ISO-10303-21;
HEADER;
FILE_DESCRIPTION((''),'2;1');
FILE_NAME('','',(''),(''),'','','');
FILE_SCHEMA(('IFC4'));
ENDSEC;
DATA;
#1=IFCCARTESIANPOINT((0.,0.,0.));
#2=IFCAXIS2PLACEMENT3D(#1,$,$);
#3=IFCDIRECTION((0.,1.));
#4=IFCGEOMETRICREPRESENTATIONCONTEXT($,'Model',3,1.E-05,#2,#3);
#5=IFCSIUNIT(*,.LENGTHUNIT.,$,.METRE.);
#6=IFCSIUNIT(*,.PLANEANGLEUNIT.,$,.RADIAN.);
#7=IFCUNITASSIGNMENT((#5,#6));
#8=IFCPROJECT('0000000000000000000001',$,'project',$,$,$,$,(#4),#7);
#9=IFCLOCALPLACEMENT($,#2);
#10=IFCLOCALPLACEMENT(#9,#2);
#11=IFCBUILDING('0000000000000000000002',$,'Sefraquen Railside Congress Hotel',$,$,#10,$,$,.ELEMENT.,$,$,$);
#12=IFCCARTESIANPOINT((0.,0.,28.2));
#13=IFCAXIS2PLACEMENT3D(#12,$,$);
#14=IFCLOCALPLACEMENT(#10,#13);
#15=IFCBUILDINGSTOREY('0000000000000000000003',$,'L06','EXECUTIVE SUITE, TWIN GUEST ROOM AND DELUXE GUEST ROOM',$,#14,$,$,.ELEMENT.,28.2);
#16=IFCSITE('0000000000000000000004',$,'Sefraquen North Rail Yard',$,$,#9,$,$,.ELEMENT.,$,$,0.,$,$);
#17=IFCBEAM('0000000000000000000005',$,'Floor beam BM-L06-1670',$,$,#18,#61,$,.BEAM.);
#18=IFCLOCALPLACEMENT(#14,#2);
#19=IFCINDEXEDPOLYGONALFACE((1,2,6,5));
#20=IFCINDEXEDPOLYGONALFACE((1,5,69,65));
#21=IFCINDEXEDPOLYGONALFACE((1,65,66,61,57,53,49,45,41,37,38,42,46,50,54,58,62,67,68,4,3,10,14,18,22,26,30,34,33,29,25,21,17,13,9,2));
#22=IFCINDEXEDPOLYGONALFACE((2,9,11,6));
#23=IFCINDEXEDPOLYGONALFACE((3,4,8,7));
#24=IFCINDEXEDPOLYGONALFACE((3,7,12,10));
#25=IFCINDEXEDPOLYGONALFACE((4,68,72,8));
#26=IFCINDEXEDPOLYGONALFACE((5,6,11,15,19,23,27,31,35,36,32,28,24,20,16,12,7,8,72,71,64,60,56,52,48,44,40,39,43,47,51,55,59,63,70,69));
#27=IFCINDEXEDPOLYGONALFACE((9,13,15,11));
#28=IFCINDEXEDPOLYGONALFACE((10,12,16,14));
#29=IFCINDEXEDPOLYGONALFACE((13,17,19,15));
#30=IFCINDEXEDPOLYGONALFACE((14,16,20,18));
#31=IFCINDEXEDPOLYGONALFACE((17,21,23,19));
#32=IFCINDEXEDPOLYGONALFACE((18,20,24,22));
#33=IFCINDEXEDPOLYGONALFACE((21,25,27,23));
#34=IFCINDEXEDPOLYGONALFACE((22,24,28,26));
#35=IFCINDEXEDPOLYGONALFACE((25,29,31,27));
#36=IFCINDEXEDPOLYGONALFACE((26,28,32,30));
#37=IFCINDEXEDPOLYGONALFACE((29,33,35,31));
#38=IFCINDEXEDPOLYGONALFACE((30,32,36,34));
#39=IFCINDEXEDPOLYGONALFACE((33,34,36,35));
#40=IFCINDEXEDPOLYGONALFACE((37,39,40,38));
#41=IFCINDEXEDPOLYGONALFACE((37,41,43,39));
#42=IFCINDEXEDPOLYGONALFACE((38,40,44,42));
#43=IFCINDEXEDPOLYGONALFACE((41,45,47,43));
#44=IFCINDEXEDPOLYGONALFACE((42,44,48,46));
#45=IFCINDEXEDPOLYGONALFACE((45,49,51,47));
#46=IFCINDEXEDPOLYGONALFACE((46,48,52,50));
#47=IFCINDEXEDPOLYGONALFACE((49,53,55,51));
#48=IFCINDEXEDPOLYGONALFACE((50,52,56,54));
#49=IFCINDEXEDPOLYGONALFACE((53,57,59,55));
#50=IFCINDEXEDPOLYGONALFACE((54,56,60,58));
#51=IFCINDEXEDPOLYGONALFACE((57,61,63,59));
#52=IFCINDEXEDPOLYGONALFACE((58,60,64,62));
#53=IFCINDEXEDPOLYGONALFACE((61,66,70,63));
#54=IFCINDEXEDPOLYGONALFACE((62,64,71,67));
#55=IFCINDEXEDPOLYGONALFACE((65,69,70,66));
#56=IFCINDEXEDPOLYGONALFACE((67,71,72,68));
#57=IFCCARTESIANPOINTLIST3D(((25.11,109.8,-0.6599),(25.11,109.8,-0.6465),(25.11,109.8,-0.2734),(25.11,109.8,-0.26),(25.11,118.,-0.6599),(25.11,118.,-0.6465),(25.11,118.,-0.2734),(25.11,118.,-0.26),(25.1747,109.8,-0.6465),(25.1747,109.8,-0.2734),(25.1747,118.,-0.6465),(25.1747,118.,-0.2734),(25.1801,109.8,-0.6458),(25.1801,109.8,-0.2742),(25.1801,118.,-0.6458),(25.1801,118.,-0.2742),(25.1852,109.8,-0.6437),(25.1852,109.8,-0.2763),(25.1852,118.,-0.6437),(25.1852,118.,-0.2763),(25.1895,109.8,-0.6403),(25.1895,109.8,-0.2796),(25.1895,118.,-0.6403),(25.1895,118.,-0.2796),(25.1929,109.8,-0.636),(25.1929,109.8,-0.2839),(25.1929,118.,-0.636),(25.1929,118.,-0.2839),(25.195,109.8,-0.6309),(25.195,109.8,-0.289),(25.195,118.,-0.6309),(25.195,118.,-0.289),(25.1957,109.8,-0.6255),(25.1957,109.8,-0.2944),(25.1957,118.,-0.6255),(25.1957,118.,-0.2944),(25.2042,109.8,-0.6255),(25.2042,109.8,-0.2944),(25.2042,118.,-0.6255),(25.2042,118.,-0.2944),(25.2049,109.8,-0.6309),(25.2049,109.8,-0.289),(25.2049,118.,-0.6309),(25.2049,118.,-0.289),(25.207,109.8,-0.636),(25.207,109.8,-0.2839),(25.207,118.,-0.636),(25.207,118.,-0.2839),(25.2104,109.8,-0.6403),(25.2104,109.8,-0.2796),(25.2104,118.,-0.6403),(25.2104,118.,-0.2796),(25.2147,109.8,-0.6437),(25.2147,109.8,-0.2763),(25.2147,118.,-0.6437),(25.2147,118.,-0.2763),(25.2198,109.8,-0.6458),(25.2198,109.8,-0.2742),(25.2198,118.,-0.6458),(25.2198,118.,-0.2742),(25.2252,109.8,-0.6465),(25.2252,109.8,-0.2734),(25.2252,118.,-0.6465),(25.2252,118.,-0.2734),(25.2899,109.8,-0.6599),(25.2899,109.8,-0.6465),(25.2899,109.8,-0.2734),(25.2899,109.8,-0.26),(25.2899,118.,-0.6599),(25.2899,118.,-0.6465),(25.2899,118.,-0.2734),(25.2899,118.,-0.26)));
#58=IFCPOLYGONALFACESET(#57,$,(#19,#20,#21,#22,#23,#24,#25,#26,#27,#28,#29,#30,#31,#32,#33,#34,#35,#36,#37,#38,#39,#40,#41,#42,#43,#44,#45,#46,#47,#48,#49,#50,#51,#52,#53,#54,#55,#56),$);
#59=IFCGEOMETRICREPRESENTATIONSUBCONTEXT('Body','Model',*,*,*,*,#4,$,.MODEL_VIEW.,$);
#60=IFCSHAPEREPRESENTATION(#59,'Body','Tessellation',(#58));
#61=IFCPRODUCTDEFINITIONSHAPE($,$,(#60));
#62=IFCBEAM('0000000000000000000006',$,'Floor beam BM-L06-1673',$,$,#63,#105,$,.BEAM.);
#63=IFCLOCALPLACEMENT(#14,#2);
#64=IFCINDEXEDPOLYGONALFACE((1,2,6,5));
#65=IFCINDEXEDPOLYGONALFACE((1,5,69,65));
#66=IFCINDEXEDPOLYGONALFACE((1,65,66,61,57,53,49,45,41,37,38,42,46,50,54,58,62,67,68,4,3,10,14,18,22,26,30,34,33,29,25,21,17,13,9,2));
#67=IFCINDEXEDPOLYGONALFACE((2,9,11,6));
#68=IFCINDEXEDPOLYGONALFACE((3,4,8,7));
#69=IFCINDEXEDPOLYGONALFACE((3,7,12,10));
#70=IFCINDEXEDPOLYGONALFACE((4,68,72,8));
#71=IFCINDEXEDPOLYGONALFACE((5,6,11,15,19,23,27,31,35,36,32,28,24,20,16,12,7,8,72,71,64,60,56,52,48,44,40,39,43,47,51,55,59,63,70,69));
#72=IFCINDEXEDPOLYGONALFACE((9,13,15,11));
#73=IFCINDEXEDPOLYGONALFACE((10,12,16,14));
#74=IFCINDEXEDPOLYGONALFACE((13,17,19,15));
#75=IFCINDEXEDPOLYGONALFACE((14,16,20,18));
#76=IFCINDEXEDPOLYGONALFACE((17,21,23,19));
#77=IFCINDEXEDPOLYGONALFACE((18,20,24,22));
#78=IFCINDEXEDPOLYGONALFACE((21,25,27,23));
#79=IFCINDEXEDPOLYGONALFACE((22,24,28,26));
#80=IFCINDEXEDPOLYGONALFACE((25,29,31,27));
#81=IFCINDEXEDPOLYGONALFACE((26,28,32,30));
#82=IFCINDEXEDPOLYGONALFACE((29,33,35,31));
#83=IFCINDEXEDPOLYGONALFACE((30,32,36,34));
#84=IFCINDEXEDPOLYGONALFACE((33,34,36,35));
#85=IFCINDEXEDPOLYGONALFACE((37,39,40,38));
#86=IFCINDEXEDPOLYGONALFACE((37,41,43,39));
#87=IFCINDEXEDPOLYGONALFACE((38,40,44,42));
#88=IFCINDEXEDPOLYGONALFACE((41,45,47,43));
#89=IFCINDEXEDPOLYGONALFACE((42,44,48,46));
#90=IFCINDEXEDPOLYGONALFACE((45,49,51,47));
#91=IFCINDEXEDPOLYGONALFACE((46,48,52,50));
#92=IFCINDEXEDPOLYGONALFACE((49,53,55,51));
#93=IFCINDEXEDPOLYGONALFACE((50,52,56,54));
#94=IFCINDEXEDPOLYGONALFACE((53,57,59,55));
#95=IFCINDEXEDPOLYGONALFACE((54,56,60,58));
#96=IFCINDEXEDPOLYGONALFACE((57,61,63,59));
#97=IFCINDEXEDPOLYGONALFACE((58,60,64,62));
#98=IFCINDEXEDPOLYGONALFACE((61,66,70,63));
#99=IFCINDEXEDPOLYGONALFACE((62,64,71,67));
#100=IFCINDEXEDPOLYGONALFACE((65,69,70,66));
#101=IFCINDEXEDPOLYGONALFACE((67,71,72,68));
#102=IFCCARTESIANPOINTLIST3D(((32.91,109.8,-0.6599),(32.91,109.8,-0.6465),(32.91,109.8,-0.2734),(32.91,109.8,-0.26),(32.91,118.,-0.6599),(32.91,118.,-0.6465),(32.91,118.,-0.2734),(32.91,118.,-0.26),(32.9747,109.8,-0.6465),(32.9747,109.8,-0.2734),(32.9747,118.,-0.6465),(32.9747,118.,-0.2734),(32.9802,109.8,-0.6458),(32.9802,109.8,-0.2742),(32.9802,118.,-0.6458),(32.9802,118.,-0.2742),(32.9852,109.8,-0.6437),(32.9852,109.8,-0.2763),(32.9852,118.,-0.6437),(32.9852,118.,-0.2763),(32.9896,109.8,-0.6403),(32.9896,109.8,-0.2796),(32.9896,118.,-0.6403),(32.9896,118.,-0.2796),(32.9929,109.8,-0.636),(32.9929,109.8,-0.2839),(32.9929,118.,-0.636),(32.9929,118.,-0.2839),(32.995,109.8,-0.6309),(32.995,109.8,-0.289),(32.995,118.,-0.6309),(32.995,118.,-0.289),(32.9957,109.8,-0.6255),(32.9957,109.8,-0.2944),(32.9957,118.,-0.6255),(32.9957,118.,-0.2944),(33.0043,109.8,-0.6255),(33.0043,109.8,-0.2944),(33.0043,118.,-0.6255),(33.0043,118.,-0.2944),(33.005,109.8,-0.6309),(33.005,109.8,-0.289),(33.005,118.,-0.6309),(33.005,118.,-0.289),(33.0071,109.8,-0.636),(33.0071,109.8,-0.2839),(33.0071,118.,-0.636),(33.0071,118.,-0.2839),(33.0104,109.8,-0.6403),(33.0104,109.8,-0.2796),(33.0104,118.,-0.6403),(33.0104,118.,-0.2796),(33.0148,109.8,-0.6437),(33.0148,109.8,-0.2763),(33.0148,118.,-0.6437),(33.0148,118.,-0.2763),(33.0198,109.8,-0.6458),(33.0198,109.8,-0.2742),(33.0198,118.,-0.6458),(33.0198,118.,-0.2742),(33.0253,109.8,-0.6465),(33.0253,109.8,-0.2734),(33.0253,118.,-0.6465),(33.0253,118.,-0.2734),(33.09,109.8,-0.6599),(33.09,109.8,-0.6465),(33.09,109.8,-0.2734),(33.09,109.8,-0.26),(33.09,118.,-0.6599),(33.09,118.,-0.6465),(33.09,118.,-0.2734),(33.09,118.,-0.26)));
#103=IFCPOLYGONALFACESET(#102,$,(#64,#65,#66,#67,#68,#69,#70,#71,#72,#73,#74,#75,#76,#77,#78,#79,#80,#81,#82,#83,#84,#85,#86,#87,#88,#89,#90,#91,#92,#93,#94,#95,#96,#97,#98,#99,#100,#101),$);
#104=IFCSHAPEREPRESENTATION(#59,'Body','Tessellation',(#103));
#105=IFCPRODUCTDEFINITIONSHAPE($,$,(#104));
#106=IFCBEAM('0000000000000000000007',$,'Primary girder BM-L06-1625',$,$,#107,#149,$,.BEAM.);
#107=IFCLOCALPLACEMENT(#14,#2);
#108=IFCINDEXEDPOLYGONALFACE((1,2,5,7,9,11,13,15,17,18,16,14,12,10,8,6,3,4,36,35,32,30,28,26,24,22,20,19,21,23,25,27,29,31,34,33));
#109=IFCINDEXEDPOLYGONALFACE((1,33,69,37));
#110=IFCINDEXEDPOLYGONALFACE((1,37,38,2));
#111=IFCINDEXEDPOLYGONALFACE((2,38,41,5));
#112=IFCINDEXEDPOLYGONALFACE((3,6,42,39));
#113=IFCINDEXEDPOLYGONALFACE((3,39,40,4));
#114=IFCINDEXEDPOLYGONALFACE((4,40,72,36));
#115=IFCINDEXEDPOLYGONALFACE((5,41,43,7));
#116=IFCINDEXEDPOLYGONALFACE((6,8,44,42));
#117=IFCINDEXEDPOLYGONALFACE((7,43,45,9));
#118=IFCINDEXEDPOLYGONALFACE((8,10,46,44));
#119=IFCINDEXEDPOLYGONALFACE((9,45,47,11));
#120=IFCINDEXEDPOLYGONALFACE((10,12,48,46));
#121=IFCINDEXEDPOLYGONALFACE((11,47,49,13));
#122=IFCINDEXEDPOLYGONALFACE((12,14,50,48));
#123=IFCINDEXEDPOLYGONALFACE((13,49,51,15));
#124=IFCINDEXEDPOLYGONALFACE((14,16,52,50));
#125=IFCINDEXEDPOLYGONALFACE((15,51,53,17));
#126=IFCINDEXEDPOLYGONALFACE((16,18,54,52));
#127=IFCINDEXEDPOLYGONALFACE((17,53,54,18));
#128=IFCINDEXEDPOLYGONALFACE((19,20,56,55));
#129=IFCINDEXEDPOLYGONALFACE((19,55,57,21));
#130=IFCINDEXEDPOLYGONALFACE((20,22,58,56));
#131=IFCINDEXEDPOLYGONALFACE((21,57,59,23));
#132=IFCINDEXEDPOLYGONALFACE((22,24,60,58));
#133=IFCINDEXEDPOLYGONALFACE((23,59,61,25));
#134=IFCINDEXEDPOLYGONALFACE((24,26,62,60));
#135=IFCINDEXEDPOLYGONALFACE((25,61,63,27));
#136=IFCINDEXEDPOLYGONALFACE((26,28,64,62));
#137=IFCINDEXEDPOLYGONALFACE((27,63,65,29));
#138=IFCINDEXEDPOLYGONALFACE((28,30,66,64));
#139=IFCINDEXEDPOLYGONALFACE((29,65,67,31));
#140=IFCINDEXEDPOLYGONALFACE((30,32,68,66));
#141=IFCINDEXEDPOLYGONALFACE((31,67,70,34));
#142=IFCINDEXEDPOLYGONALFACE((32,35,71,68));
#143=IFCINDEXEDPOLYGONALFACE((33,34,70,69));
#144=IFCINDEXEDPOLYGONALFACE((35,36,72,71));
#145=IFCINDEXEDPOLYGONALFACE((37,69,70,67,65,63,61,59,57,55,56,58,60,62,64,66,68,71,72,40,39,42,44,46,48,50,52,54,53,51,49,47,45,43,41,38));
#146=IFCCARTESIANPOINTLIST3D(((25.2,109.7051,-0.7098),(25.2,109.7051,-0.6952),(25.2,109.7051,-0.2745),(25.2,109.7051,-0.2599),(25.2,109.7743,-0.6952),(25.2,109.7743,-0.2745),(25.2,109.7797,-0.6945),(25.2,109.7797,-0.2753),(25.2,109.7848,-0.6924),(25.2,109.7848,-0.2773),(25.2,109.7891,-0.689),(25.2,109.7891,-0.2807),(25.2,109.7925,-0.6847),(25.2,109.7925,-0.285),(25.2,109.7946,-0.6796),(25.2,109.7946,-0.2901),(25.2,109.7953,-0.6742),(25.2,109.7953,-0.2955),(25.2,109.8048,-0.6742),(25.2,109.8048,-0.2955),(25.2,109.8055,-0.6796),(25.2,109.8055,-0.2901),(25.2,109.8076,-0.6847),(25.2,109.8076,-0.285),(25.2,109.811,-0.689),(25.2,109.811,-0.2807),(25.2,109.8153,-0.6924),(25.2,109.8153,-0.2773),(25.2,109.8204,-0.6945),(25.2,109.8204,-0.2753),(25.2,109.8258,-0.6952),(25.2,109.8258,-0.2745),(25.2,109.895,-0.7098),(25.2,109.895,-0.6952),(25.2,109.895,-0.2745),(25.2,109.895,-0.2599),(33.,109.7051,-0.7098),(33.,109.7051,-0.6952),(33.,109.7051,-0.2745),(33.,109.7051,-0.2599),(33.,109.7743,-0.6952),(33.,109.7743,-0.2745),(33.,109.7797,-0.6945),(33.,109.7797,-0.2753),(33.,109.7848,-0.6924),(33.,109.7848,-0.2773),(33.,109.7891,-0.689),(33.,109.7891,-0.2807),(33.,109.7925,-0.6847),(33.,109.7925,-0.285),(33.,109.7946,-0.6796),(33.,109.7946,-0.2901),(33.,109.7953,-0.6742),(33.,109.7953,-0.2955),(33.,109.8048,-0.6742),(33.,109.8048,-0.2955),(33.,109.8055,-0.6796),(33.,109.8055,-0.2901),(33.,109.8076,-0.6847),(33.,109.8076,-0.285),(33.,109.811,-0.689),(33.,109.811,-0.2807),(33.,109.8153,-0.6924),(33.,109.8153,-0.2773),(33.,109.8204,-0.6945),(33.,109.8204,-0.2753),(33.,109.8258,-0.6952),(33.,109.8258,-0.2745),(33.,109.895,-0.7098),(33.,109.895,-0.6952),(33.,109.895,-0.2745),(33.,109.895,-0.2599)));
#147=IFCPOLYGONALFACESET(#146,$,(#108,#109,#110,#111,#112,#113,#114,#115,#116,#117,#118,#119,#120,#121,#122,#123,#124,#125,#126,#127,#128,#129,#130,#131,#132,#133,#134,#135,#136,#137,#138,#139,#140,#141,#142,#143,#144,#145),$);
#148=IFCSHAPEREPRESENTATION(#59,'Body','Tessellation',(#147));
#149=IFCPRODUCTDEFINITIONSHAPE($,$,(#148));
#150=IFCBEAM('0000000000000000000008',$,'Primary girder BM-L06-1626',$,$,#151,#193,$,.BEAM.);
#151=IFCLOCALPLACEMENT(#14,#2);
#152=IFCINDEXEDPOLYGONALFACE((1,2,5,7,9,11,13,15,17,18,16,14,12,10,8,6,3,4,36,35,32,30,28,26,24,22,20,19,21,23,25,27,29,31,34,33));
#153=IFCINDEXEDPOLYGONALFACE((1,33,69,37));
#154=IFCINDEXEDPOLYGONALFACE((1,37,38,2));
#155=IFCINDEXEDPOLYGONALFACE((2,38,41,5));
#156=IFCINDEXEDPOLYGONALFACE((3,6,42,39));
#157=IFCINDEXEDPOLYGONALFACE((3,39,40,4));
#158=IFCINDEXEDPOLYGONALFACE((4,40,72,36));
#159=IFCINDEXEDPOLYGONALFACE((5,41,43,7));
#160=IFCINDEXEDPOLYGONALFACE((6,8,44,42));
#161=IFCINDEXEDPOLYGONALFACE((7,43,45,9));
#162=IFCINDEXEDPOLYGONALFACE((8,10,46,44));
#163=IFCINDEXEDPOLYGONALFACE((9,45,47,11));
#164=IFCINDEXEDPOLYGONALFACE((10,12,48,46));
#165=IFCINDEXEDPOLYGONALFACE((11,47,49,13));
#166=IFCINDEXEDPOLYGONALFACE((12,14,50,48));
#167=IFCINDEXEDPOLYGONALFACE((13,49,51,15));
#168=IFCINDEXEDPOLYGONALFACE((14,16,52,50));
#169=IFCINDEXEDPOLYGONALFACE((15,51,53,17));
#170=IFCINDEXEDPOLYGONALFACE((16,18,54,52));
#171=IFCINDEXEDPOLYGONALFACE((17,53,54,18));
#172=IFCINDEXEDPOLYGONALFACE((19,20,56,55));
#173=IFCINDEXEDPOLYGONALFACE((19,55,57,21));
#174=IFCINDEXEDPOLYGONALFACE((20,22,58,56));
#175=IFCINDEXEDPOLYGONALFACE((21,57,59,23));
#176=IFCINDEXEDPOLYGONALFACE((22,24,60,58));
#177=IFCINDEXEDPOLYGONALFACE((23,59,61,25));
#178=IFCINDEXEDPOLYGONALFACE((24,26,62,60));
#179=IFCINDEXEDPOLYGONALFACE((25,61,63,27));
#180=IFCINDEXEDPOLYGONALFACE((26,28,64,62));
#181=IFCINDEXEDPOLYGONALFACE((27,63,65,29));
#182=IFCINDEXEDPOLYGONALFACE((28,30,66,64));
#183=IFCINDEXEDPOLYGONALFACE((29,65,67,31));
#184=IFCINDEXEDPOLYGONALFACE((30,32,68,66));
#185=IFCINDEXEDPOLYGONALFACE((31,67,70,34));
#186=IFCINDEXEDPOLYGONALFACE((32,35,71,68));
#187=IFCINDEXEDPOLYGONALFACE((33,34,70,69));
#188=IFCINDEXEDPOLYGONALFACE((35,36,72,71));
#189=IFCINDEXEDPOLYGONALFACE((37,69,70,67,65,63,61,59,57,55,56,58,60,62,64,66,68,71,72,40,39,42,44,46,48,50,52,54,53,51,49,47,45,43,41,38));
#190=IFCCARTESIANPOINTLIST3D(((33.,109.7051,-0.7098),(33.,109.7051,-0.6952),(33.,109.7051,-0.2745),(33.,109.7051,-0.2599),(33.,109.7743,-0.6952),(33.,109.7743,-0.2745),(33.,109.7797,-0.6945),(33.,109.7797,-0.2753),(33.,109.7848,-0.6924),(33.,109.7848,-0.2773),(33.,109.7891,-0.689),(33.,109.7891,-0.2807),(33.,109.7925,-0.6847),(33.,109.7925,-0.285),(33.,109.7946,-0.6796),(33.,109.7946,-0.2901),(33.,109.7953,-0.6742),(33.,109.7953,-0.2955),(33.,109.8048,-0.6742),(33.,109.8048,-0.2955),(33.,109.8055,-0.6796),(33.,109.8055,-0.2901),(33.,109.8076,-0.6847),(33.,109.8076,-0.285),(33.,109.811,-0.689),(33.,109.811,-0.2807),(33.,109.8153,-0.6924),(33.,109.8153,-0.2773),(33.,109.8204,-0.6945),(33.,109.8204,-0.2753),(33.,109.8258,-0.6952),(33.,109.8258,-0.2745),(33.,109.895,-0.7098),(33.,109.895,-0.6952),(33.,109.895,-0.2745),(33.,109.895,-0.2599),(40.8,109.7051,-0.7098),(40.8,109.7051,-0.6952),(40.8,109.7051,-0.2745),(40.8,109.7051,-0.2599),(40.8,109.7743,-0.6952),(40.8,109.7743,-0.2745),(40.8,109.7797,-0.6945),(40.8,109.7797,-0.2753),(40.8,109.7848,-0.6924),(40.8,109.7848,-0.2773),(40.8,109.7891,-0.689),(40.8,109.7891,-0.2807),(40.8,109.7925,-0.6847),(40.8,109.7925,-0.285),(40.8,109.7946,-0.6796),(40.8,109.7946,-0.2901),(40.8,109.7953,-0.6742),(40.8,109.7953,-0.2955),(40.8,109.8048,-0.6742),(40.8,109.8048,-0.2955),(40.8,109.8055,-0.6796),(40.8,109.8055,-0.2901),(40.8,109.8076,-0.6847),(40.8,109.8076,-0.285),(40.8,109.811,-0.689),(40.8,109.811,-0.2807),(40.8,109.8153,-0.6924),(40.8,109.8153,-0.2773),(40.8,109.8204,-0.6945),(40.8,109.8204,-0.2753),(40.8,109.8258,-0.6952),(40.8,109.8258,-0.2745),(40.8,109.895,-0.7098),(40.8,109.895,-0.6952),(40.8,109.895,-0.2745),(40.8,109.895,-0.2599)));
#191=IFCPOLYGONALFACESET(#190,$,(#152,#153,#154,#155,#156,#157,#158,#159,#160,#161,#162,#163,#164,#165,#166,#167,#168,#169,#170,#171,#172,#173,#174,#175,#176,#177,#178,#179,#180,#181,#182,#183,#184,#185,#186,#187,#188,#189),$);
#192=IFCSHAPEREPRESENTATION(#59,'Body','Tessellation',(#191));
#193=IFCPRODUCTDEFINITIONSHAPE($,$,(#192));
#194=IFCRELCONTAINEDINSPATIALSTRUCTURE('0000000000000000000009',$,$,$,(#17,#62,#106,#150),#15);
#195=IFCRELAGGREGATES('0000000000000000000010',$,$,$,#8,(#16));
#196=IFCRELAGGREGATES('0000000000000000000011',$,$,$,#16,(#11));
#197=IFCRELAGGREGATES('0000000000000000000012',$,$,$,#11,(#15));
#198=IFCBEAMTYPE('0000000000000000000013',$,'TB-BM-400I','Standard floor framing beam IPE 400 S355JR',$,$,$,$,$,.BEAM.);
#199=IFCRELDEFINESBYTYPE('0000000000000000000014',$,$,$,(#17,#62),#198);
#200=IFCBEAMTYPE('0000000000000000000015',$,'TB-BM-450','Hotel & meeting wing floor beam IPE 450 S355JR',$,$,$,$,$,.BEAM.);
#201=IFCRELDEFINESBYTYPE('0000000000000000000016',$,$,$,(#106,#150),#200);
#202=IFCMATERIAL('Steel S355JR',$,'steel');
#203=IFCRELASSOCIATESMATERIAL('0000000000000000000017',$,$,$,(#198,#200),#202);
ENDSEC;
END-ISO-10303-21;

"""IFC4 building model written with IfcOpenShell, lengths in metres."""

from ifc_helpers import new_model, si_unit, direction, frame, origin, origin_2d, place, context, subcontext, project, spatial, i_section, extrude, material, material_profile, profile_set, type_object, element, save


model = new_model("IFC4")

# Units and contexts
model_context = context("Model", 3, precision=1e-05, world=origin(), true_north=direction((0.0, 1.0)))
body_context = subcontext(model_context, "Body", "Model", "MODEL_VIEW")
ifc_project = project(units=[si_unit("LENGTHUNIT", "METRE"), si_unit("PLANEANGLEUNIT", "RADIAN")], contexts=[model_context])

# Site, building, storey
site_placement = place(None, origin())
site = spatial("IfcSite", under=ifc_project, at=site_placement, Name="Sefraquen North Rail Yard", CompositionType="ELEMENT", RefElevation=0.0)
building_placement = place(site_placement, origin())
building = spatial("IfcBuilding", under=site, at=building_placement, Name="Sefraquen Railside Congress Hotel", CompositionType="ELEMENT")
storey_placement = place(building_placement, frame((0.0, 0.0, 28.2)))
storey = spatial("IfcBuildingStorey", under=building, at=storey_placement, Name="L06", Description="EXECUTIVE SUITE, TWIN GUEST ROOM AND DELUXE GUEST ROOM", CompositionType="ELEMENT", Elevation=28.2)

# Shared definitions
ifc_material_1 = material(Name="Steel S355JR", Category="steel")

# Beams
ifc_material_profile_1 = material_profile(ifc_material_1, i_section(OverallWidth=0.1799, OverallDepth=0.3999, WebThickness=0.0085, FlangeThickness=0.0134, FilletRadius=0.021, at=origin_2d()), Name="IPE 400")
ifc_profile_set_1 = profile_set([ifc_material_profile_1], Name="Steel S355JR")
beam_type_1 = type_object("IfcBeamType", Name="TB-BM-400I", Description="Standard floor framing beam IPE 400 S355JR", PredefinedType="BEAM", material=ifc_profile_set_1)
for number, where, z_axis, x_axis, name in (
    (1, (25.2, 109.8, -0.46), (0.0, 1.0, 0.0), (-1.0, 0.0, 0.0), "Floor beam BM-L06-1670"),
    (2, (33.0, 109.8, -0.46), (0.0, 1.0, 0.0), (-1.0, 0.0, 0.0), "Floor beam BM-L06-1673"),
):
    element("IfcBeam", number, at=place(storey_placement, frame(where, z_axis=z_axis, x_axis=x_axis)), inside=storey, type_object=beam_type_1, Name=name, PredefinedType="BEAM", context=body_context, shape_type="SweptSolid", body=[
        extrude(i_section(OverallWidth=0.1799, OverallDepth=0.3999, WebThickness=0.0085, FlangeThickness=0.0134, FilletRadius=0.021, at=origin_2d()), origin(), (0.0, 0.0, 1.0), 8.2),
    ])
ifc_material_profile_2 = material_profile(ifc_material_1, i_section(OverallWidth=0.1899, OverallDepth=0.45, WebThickness=0.0095, FlangeThickness=0.0146, FilletRadius=0.021, at=origin_2d()), Name="IPE 450")
ifc_profile_set_2 = profile_set([ifc_material_profile_2], Name="Steel S355JR")
beam_type_2 = type_object("IfcBeamType", Name="TB-BM-450", Description="Hotel & meeting wing floor beam IPE 450 S355JR", PredefinedType="BEAM", material=ifc_profile_set_2)
for number, where, z_axis, x_axis, name in (
    (3, (25.2, 109.8, -0.4849), (1.0, 0.0, 0.0), (0.0, 1.0, 0.0), "Primary girder BM-L06-1625"),
    (4, (33.0, 109.8, -0.4849), (1.0, 0.0, 0.0), (0.0, 1.0, 0.0), "Primary girder BM-L06-1626"),
):
    element("IfcBeam", number, at=place(storey_placement, frame(where, z_axis=z_axis, x_axis=x_axis)), inside=storey, type_object=beam_type_2, Name=name, PredefinedType="BEAM", context=body_context, shape_type="SweptSolid", body=[
        extrude(i_section(OverallWidth=0.1899, OverallDepth=0.45, WebThickness=0.0095, FlangeThickness=0.0146, FilletRadius=0.021, at=origin_2d()), origin(), (0.0, 0.0, 1.0), 7.8),
    ])

save(model, "model.ifc")
